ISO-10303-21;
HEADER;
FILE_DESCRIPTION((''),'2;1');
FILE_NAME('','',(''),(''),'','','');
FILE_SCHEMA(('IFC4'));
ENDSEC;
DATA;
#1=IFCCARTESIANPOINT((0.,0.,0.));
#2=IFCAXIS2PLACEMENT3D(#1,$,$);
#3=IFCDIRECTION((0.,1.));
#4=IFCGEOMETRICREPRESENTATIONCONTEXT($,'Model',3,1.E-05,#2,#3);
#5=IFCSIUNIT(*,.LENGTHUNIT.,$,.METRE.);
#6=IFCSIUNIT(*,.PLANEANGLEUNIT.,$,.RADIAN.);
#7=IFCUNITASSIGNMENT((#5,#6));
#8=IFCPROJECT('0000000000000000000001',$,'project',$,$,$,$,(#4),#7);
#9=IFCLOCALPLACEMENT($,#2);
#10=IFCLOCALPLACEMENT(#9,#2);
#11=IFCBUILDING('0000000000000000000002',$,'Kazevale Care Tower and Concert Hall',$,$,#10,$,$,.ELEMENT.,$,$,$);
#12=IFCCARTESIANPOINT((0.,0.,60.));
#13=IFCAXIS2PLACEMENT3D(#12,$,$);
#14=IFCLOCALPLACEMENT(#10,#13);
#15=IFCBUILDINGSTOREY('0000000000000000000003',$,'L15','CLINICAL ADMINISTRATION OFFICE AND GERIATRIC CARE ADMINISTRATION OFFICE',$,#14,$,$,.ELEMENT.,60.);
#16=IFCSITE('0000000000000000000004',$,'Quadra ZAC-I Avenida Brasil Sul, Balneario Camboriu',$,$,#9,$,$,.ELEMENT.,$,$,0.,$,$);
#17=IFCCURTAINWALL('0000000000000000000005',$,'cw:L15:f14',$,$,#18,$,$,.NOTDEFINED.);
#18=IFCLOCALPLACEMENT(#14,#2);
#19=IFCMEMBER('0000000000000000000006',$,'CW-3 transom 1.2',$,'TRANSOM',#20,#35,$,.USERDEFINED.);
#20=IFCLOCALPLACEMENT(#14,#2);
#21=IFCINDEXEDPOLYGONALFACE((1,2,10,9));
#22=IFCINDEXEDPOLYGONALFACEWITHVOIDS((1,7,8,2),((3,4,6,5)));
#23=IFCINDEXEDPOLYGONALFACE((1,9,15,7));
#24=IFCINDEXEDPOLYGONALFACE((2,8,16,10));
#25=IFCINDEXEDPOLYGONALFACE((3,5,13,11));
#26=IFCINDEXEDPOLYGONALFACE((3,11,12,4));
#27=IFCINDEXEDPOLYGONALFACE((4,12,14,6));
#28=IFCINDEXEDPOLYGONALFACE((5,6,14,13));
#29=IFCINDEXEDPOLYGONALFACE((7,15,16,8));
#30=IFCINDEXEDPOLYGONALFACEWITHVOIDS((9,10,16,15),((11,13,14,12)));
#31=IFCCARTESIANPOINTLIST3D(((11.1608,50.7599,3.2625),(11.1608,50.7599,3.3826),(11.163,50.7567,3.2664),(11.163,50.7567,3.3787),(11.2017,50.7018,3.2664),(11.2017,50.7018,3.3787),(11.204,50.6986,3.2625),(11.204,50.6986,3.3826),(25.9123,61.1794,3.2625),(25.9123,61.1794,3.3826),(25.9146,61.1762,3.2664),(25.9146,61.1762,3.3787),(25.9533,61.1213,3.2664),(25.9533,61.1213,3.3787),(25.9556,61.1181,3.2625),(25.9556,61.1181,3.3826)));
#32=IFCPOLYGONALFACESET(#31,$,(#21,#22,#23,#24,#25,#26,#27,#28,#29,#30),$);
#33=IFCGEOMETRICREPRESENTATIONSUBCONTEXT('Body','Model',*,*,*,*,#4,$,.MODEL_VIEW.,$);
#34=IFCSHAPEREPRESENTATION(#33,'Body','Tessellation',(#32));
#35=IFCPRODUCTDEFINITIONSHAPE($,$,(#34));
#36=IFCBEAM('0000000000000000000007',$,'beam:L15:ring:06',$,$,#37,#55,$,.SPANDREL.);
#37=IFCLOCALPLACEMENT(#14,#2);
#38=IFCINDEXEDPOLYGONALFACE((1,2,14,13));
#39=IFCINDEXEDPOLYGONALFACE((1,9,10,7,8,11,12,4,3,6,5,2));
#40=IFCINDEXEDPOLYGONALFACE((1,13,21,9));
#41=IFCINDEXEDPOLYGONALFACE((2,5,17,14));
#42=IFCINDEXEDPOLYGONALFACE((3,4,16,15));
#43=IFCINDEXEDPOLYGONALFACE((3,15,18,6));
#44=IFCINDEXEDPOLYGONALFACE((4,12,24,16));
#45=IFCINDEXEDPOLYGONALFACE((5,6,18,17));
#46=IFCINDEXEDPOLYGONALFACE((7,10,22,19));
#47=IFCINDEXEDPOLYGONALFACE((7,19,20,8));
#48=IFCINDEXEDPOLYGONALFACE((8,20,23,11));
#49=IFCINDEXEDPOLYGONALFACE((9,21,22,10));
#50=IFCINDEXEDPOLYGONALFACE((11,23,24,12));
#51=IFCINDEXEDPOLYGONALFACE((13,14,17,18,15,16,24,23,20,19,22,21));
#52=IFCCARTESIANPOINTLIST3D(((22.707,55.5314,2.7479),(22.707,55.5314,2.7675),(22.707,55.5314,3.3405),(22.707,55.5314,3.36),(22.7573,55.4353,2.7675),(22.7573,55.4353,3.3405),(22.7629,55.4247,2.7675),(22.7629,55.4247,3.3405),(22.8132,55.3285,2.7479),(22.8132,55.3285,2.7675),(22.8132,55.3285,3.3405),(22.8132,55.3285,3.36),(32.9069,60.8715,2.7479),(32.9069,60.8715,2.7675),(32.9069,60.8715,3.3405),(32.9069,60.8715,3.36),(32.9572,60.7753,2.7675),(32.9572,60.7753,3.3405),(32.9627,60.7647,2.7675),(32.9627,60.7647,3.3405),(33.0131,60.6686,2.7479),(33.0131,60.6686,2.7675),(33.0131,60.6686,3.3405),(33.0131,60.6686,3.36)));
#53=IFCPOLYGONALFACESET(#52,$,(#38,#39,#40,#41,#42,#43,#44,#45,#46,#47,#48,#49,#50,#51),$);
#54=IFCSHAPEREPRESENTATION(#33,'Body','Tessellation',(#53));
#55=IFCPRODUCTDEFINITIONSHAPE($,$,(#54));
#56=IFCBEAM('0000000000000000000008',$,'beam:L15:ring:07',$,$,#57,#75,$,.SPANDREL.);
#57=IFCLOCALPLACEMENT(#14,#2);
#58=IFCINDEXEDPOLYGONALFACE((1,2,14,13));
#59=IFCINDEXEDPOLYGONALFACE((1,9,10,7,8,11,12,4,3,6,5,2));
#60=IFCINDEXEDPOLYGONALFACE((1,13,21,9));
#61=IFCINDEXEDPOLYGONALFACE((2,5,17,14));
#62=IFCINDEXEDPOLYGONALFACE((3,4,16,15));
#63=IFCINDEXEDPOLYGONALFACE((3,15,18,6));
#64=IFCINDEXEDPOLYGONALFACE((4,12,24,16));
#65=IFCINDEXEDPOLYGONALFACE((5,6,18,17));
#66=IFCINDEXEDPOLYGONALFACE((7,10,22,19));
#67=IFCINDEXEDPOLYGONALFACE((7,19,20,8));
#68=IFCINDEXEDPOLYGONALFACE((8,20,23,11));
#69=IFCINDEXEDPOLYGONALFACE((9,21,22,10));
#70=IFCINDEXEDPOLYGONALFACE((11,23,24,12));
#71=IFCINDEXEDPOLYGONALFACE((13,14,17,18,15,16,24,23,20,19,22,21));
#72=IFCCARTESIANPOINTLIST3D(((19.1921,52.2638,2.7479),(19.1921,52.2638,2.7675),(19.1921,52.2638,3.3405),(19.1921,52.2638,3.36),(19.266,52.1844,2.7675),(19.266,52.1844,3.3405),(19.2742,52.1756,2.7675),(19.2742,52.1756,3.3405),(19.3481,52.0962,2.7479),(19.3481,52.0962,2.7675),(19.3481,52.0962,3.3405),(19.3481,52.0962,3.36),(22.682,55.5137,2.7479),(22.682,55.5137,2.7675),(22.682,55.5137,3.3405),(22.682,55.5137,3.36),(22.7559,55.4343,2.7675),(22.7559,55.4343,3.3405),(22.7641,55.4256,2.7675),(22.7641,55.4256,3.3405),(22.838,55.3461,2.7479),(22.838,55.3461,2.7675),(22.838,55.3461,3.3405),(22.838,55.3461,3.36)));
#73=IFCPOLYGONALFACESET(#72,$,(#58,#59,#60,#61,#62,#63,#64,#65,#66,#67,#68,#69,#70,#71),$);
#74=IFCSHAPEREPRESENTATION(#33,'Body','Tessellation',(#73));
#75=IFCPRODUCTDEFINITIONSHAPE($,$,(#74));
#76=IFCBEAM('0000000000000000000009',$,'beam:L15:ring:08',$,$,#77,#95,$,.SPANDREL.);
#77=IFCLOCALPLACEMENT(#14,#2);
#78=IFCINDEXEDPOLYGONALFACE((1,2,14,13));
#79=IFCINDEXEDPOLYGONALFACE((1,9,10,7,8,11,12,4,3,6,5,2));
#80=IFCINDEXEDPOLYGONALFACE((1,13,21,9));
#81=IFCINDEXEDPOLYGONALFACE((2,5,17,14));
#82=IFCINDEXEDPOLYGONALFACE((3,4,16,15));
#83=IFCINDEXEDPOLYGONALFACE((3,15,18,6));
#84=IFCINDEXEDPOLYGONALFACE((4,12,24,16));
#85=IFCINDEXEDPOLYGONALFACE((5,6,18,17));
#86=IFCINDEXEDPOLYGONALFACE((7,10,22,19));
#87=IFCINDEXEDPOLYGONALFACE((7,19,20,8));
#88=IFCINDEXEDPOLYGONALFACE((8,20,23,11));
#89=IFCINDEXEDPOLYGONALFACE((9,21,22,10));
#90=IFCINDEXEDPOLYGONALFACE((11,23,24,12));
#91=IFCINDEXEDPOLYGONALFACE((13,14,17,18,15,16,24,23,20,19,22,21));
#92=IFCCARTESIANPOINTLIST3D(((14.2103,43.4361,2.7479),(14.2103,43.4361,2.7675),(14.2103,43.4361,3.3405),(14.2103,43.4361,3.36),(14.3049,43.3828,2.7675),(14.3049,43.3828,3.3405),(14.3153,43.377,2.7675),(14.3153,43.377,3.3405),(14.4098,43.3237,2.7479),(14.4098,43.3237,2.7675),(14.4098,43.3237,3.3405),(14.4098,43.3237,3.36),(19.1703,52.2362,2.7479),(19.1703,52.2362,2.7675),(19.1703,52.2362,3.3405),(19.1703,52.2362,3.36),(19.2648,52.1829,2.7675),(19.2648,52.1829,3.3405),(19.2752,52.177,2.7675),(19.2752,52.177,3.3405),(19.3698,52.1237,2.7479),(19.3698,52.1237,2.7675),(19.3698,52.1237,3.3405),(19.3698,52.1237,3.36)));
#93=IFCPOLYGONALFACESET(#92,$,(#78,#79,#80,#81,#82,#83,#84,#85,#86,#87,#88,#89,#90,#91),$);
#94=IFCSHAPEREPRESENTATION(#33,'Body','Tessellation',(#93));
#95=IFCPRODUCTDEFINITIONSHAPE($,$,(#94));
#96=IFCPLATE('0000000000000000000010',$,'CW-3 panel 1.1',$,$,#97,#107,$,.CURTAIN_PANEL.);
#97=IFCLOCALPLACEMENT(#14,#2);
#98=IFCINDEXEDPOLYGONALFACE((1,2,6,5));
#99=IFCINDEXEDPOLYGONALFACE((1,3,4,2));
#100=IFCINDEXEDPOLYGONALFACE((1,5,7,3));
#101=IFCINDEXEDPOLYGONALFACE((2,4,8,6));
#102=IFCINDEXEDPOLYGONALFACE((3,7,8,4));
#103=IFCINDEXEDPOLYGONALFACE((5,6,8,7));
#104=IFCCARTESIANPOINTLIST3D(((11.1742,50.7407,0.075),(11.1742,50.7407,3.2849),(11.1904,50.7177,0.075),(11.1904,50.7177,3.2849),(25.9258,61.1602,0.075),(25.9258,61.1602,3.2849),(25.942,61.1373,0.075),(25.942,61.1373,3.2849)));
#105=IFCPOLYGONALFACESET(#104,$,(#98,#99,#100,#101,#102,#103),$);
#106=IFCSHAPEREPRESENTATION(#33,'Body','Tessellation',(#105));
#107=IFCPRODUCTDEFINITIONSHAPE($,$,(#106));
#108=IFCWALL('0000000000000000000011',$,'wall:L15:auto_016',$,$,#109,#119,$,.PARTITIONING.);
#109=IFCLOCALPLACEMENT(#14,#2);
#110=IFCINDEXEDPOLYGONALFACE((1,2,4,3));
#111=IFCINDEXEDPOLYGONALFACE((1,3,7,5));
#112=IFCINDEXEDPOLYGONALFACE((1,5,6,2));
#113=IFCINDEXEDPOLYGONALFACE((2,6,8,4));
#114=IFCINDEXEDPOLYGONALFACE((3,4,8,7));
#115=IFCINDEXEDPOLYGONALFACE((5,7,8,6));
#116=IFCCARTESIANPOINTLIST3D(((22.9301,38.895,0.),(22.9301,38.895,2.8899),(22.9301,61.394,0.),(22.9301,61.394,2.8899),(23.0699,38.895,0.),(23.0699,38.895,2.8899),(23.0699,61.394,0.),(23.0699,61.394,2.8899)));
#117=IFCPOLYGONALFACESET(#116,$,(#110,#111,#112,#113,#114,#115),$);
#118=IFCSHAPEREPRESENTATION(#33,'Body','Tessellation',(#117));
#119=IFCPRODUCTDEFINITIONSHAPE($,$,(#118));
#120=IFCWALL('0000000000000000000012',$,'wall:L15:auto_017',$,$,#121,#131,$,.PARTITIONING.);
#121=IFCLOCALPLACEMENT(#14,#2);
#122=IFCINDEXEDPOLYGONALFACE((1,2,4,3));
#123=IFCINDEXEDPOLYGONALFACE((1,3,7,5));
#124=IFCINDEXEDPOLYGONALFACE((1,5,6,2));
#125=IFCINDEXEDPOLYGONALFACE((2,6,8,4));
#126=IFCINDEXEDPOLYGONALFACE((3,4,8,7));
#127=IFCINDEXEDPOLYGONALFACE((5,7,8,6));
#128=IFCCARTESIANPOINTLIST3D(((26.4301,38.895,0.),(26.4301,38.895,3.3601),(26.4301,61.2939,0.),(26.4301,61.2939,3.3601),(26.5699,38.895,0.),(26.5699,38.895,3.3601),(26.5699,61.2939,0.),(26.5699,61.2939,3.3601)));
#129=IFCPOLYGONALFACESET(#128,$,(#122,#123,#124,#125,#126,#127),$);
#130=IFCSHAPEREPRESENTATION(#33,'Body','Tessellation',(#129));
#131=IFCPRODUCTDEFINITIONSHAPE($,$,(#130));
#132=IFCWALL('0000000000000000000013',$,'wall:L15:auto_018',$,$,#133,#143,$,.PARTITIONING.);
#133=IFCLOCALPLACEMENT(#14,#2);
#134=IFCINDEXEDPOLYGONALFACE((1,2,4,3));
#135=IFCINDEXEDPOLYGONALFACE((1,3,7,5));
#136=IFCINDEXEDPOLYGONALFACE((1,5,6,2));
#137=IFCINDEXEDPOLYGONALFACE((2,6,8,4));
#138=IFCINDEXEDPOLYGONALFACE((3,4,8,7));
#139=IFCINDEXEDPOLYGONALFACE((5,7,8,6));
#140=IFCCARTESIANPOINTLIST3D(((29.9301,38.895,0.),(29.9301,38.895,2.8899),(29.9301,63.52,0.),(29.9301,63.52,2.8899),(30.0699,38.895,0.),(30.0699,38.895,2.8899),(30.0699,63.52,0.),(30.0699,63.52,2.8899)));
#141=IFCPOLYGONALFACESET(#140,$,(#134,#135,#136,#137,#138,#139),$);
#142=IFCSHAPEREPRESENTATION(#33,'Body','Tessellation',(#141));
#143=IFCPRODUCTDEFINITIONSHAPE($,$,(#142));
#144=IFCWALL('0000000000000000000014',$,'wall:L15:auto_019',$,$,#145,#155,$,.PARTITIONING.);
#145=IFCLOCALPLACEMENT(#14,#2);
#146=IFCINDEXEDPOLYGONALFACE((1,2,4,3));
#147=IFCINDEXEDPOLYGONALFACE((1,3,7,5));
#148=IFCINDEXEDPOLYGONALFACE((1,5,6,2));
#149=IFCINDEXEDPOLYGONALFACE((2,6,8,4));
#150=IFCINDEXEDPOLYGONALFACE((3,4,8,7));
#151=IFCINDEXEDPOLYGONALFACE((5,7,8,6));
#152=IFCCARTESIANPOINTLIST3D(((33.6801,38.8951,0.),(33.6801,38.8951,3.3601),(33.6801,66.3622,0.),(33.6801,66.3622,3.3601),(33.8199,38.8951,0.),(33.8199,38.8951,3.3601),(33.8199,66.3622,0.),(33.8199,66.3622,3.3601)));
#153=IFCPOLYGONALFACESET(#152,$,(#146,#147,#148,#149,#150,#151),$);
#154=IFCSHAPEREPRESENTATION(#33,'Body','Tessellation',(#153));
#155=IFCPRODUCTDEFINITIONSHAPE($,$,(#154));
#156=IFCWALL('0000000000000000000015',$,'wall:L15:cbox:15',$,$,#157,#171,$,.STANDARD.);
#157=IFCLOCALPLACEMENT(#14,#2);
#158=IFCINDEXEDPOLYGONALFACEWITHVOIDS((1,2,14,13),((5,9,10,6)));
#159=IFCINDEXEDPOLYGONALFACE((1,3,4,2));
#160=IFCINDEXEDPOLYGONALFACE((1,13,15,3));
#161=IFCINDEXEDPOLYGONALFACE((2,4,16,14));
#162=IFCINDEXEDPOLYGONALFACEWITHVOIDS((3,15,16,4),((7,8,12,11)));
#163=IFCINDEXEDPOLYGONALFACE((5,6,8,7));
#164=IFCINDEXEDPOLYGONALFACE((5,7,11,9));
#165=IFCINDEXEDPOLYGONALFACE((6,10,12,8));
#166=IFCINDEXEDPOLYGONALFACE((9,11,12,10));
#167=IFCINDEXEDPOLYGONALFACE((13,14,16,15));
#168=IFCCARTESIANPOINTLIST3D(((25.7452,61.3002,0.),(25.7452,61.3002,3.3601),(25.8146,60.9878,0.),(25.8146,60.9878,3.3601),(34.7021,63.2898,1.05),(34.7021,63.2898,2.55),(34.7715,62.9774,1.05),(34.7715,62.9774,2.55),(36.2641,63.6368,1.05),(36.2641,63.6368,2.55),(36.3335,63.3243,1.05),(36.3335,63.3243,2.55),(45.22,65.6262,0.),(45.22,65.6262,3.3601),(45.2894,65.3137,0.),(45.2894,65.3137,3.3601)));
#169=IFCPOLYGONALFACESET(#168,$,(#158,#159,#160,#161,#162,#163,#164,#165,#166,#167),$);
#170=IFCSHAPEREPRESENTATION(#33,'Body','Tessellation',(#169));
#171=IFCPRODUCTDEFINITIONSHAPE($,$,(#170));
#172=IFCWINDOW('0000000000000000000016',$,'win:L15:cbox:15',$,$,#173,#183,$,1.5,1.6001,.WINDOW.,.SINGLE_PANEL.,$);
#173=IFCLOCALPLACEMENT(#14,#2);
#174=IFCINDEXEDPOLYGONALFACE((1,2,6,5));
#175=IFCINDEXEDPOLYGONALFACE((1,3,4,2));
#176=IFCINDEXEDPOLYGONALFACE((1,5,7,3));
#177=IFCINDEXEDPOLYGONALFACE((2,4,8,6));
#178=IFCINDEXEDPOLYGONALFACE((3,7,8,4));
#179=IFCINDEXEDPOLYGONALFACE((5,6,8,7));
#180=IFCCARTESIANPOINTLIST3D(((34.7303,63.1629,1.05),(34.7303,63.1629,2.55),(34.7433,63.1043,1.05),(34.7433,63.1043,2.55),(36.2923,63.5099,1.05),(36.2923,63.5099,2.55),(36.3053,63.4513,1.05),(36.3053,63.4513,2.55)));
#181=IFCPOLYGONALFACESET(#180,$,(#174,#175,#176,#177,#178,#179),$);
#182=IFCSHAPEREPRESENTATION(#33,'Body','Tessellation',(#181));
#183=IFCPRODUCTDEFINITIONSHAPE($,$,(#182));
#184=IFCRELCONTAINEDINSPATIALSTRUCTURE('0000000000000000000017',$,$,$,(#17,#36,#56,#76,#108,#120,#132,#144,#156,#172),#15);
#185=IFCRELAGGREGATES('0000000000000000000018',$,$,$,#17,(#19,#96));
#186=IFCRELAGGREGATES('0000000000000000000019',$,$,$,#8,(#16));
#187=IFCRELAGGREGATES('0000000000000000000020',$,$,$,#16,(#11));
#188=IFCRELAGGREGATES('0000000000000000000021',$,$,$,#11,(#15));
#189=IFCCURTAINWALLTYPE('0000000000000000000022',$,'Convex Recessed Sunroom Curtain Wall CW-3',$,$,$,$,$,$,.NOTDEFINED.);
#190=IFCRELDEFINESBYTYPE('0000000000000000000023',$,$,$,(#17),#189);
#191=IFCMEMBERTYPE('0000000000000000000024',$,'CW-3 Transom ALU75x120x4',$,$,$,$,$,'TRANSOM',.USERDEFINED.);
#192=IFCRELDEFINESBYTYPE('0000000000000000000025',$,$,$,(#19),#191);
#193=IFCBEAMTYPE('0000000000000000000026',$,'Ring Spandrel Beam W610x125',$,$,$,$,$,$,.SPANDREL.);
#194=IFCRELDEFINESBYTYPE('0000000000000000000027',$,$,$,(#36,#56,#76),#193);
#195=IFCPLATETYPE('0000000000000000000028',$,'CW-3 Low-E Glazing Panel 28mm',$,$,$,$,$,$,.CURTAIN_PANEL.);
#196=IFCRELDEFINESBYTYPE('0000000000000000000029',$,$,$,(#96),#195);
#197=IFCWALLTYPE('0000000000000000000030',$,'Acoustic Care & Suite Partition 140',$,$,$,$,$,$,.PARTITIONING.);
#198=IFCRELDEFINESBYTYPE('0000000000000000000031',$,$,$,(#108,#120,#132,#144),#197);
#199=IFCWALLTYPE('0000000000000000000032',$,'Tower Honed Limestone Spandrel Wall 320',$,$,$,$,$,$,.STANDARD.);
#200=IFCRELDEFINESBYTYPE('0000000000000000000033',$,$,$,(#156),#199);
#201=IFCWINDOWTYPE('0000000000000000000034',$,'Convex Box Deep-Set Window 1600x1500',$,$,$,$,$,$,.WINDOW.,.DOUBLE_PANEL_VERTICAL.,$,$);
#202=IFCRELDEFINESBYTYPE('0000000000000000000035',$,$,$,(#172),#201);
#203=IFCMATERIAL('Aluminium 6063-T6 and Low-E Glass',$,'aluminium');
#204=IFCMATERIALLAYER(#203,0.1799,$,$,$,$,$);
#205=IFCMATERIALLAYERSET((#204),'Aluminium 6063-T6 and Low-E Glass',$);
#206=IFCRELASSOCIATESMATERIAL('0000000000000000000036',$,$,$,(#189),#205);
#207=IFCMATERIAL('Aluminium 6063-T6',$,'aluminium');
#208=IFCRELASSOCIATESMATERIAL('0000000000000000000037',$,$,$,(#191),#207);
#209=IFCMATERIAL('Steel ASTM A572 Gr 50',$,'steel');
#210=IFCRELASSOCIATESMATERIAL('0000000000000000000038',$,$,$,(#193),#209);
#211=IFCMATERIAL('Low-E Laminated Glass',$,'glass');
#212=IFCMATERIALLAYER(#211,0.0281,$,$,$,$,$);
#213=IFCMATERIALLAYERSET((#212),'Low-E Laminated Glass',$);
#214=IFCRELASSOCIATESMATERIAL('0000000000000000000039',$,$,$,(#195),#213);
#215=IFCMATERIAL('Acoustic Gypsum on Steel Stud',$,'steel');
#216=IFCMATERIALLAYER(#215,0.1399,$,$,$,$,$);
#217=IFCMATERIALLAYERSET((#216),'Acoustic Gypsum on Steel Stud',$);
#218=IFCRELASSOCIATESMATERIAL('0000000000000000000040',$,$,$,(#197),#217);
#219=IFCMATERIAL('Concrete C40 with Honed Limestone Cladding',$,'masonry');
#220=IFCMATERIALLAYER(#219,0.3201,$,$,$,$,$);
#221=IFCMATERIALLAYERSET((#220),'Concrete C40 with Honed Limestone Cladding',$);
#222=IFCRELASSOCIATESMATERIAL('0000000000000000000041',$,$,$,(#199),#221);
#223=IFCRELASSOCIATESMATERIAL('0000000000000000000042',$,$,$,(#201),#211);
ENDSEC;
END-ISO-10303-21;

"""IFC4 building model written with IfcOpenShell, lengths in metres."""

from ifc_helpers import new_model, si_unit, direction, frame, frame_2d, origin, origin_2d, place, context, subcontext, project, spatial, rectangle, hollow_rectangle, i_section, extrude, material, layer, layer_set, material_profile, profile_set, type_object, element, fill, aggregate, save


model = new_model("IFC4")

# Units and contexts
model_context = context("Model", 3, precision=1e-05, world=origin(), true_north=direction((0.0, 1.0)))
body_context = subcontext(model_context, "Body", "Model", "MODEL_VIEW")
ifc_project = project(units=[si_unit("LENGTHUNIT", "METRE"), si_unit("PLANEANGLEUNIT", "RADIAN")], contexts=[model_context])

# Site, building, storey
site_placement = place(None, origin())
site = spatial("IfcSite", under=ifc_project, at=site_placement, Name="Quadra ZAC-I Avenida Brasil Sul, Balneario Camboriu", CompositionType="ELEMENT", RefElevation=0.0)
building_placement = place(site_placement, origin())
building = spatial("IfcBuilding", under=site, at=building_placement, Name="Kazevale Care Tower and Concert Hall", CompositionType="ELEMENT")
storey_placement = place(building_placement, frame((0.0, 0.0, 60.0)))
storey = spatial("IfcBuildingStorey", under=building, at=storey_placement, Name="L15", Description="CLINICAL ADMINISTRATION OFFICE AND GERIATRIC CARE ADMINISTRATION OFFICE", CompositionType="ELEMENT", Elevation=60.0)

# Curtain wall, member
ifc_material_1 = material(Name="Aluminium 6063-T6 and Low-E Glass", Category="aluminium")
ifc_layer_1 = layer(ifc_material_1, 0.1799)
ifc_layer_set_1 = layer_set([ifc_layer_1], Name="Aluminium 6063-T6 and Low-E Glass")
curtain_wall_type = type_object("IfcCurtainWallType", Name="Convex Recessed Sunroom Curtain Wall CW-3", PredefinedType="NOTDEFINED", material=ifc_layer_set_1)
curtain_wall_placement = place(storey_placement, origin())
curtain_wall = element("IfcCurtainWall", 1, at=curtain_wall_placement, inside=storey, type_object=curtain_wall_type, Name="cw:L15:f14", PredefinedType="NOTDEFINED")
ifc_material_2 = material(Name="Aluminium 6063-T6", Category="aluminium")
ifc_material_profile_1 = material_profile(ifc_material_2, hollow_rectangle(XDim=0.075, YDim=0.1201, WallThickness=0.0039, at=origin_2d()), Name="ALU75x120x4")
ifc_profile_set_1 = profile_set([ifc_material_profile_1], Name="Aluminium 6063-T6")
member_type_1 = type_object("IfcMemberType", Name="CW-3 Transom ALU75x120x4", ElementType="TRANSOM", PredefinedType="USERDEFINED", material=ifc_profile_set_1)
member_1_placement = place(storey_placement, frame((11.1824, 50.7292, 3.3225), z_axis=(0.816795, 0.576928, 0.0), x_axis=(-0.576928, 0.816795, 0.0)))
member_1 = element("IfcMember", 2, at=member_1_placement, type_object=member_type_1, Name="CW-3 transom 1.2", ObjectType="TRANSOM", PredefinedType="USERDEFINED", context=body_context, shape_type="SweptSolid", body=[
    extrude(hollow_rectangle(XDim=0.075, YDim=0.1201, WallThickness=0.0039, at=origin_2d()), origin(), (0.0, 0.0, 1.0), 18.0603),
])

# Beams
ifc_material_3 = material(Name="Steel ASTM A572 Gr 50", Category="steel")
ifc_material_profile_2 = material_profile(ifc_material_3, i_section(OverallWidth=0.229, OverallDepth=0.6121, WebThickness=0.012, FlangeThickness=0.0195, at=origin_2d()), Name="W610x125")
ifc_profile_set_2 = profile_set([ifc_material_profile_2], Name="Steel ASTM A572 Gr 50")
beam_type = type_object("IfcBeamType", Name="Ring Spandrel Beam W610x125", PredefinedType="SPANDREL", material=ifc_profile_set_2)
beam_1_placement = place(storey_placement, frame((32.96, 60.77, 3.054), z_axis=(-0.885929, -0.46382, 0.0), x_axis=(0.46382, -0.885929, 0.0)))
element("IfcBeam", 3, at=beam_1_placement, inside=storey, type_object=beam_type, Name="beam:L15:ring:06", PredefinedType="SPANDREL", context=body_context, shape_type="SweptSolid", body=[
    extrude(i_section(OverallWidth=0.229, OverallDepth=0.6121, WebThickness=0.012, FlangeThickness=0.0195, at=origin_2d()), origin(), (0.0, 0.0, 1.0), 11.5132),
])
beam_2_placement = place(storey_placement, frame((22.76, 55.4299, 3.054), z_axis=(-0.731821, -0.681497, 0.0), x_axis=(0.681497, -0.731821, 0.0)))
element("IfcBeam", 4, at=beam_2_placement, inside=storey, type_object=beam_type, Name="beam:L15:ring:07", PredefinedType="SPANDREL", context=body_context, shape_type="SweptSolid", body=[
    extrude(i_section(OverallWidth=0.229, OverallDepth=0.6121, WebThickness=0.012, FlangeThickness=0.0195, at=origin_2d()), origin(), (0.0, 0.0, 1.0), 4.7688),
])
beam_3_placement = place(storey_placement, frame((19.27, 52.1799, 3.054), z_axis=(-0.491008, -0.871155, 0.0), x_axis=(0.871155, -0.491008, 0.0)))
element("IfcBeam", 5, at=beam_3_placement, inside=storey, type_object=beam_type, Name="beam:L15:ring:08", PredefinedType="SPANDREL", context=body_context, shape_type="SweptSolid", body=[
    extrude(i_section(OverallWidth=0.229, OverallDepth=0.6121, WebThickness=0.012, FlangeThickness=0.0195, at=origin_2d()), origin(), (0.0, 0.0, 1.0), 10.1016),
])

# Plate
ifc_material_4 = material(Name="Low-E Laminated Glass", Category="glass")
ifc_layer_2 = layer(ifc_material_4, 0.0281)
ifc_layer_set_2 = layer_set([ifc_layer_2], Name="Low-E Laminated Glass")
plate_type = type_object("IfcPlateType", Name="CW-3 Low-E Glazing Panel 28mm", PredefinedType="CURTAIN_PANEL", material=ifc_layer_set_2)
plate_placement = place(storey_placement, frame((18.5581, 55.939, 0.075), z_axis=(0.0, 0.0, 1.0), x_axis=(0.816794, 0.576929, 0.0)))
plate = element("IfcPlate", 6, at=plate_placement, type_object=plate_type, Name="CW-3 panel 1.1", PredefinedType="CURTAIN_PANEL", context=body_context, shape_type="SweptSolid", body=[
    extrude(rectangle(XDim=18.0603, YDim=0.0281, at=origin_2d()), origin(), (0.0, 0.0, 1.0), 3.21),
])
aggregate(curtain_wall, [member_1, plate])

# Walls
ifc_material_5 = material(Name="Acoustic Gypsum on Steel Stud", Category="steel")
ifc_layer_3 = layer(ifc_material_5, 0.1399)
ifc_layer_set_3 = layer_set([ifc_layer_3], Name="Acoustic Gypsum on Steel Stud")
wall_type_1 = type_object("IfcWallType", Name="Acoustic Care & Suite Partition 140", PredefinedType="PARTITIONING", material=ifc_layer_set_3)
wall_1_placement = place(storey_placement, frame((23.0, 61.394, 0.0), z_axis=(0.0, 0.0, 1.0), x_axis=(0.0, -1.0, 0.0)))
element("IfcWall", 7, at=wall_1_placement, inside=storey, type_object=wall_type_1, Name="wall:L15:auto_016", PredefinedType="PARTITIONING", context=body_context, shape_type="SweptSolid", body=[
    extrude(rectangle(XDim=22.499, YDim=0.1399, at=frame_2d((11.2495, 0.0))), origin(), (0.0, 0.0, 1.0), 2.8899),
])
wall_2_placement = place(storey_placement, frame((26.5, 61.2939, 0.0), z_axis=(0.0, 0.0, 1.0), x_axis=(0.0, -1.0, 0.0)))
element("IfcWall", 8, at=wall_2_placement, inside=storey, type_object=wall_type_1, Name="wall:L15:auto_017", PredefinedType="PARTITIONING", context=body_context, shape_type="SweptSolid", body=[
    extrude(rectangle(XDim=22.3989, YDim=0.1399, at=frame_2d((11.1995, 0.0))), origin(), (0.0, 0.0, 1.0), 3.3601),
])
wall_3_placement = place(storey_placement, frame((30.0, 63.52, 0.0), z_axis=(0.0, 0.0, 1.0), x_axis=(0.0, -1.0, 0.0)))
element("IfcWall", 9, at=wall_3_placement, inside=storey, type_object=wall_type_1, Name="wall:L15:auto_018", PredefinedType="PARTITIONING", context=body_context, shape_type="SweptSolid", body=[
    extrude(rectangle(XDim=24.625, YDim=0.1399, at=frame_2d((12.3125, 0.0))), origin(), (0.0, 0.0, 1.0), 2.8899),
])
wall_4_placement = place(storey_placement, frame((33.75, 66.3621, 0.0), z_axis=(0.0, 0.0, 1.0), x_axis=(0.0, -1.0, 0.0)))
element("IfcWall", 10, at=wall_4_placement, inside=storey, type_object=wall_type_1, Name="wall:L15:auto_019", PredefinedType="PARTITIONING", context=body_context, shape_type="SweptSolid", body=[
    extrude(rectangle(XDim=27.467, YDim=0.1399, at=frame_2d((13.7334, 0.0))), origin(), (0.0, 0.0, 1.0), 3.3601),
])

# Wall, opening, window
ifc_material_6 = material(Name="Concrete C40 with Honed Limestone Cladding", Category="masonry")
ifc_layer_4 = layer(ifc_material_6, 0.3201)
ifc_layer_set_4 = layer_set([ifc_layer_4], Name="Concrete C40 with Honed Limestone Cladding")
wall_type_2 = type_object("IfcWallType", Name="Tower Honed Limestone Spandrel Wall 320", PredefinedType="STANDARD", material=ifc_layer_set_4)
wall_5_placement = place(storey_placement, frame((25.78, 61.144, 0.0), z_axis=(0.0, 0.0, 1.0), x_axis=(0.976206, 0.216844, 0.0)))
wall_5 = element("IfcWall", 11, at=wall_5_placement, inside=storey, type_object=wall_type_2, Name="wall:L15:cbox:15", PredefinedType="STANDARD", context=body_context, shape_type="SweptSolid", body=[
    extrude(rectangle(XDim=19.9495, YDim=0.3201, at=frame_2d((9.9746, 0.0))), origin(), (0.0, 0.0, 1.0), 3.3601),
])
opening_placement = place(wall_5_placement, frame((9.175, 0.0, 1.05)))
opening = element("IfcOpeningElement", 12, at=opening_placement, cuts=wall_5, PredefinedType="OPENING", context=body_context, shape_type="SweptSolid", body=[
    extrude(rectangle(XDim=1.6001, YDim=1.5, at=frame_2d((0.8, 0.75))), frame((0.0, 0.1699, 0.0), z_axis=(0.0, -1.0, 0.0), x_axis=(1.0, 0.0, 0.0)), (0.0, 0.0, 1.0), 0.3401),
])
window_type = type_object("IfcWindowType", Name="Convex Box Deep-Set Window 1600x1500", PartitioningType="DOUBLE_PANEL_VERTICAL", PredefinedType="WINDOW", material=ifc_material_4)
window_placement = place(opening_placement, origin())
window = element("IfcWindow", 13, at=window_placement, inside=storey, type_object=window_type, Name="win:L15:cbox:15", OverallHeight=1.5, OverallWidth=1.6001, PartitioningType="SINGLE_PANEL", PredefinedType="WINDOW", context=body_context, shape_type="SweptSolid", body=[
    extrude(rectangle(XDim=1.6001, YDim=1.5, at=frame_2d((0.8, 0.75))), frame((0.0, 0.03, 0.0), z_axis=(0.0, -1.0, 0.0), x_axis=(1.0, 0.0, 0.0)), (0.0, 0.0, 1.0), 0.0601),
])
fill(opening, window)

save(model, "model.ifc")
